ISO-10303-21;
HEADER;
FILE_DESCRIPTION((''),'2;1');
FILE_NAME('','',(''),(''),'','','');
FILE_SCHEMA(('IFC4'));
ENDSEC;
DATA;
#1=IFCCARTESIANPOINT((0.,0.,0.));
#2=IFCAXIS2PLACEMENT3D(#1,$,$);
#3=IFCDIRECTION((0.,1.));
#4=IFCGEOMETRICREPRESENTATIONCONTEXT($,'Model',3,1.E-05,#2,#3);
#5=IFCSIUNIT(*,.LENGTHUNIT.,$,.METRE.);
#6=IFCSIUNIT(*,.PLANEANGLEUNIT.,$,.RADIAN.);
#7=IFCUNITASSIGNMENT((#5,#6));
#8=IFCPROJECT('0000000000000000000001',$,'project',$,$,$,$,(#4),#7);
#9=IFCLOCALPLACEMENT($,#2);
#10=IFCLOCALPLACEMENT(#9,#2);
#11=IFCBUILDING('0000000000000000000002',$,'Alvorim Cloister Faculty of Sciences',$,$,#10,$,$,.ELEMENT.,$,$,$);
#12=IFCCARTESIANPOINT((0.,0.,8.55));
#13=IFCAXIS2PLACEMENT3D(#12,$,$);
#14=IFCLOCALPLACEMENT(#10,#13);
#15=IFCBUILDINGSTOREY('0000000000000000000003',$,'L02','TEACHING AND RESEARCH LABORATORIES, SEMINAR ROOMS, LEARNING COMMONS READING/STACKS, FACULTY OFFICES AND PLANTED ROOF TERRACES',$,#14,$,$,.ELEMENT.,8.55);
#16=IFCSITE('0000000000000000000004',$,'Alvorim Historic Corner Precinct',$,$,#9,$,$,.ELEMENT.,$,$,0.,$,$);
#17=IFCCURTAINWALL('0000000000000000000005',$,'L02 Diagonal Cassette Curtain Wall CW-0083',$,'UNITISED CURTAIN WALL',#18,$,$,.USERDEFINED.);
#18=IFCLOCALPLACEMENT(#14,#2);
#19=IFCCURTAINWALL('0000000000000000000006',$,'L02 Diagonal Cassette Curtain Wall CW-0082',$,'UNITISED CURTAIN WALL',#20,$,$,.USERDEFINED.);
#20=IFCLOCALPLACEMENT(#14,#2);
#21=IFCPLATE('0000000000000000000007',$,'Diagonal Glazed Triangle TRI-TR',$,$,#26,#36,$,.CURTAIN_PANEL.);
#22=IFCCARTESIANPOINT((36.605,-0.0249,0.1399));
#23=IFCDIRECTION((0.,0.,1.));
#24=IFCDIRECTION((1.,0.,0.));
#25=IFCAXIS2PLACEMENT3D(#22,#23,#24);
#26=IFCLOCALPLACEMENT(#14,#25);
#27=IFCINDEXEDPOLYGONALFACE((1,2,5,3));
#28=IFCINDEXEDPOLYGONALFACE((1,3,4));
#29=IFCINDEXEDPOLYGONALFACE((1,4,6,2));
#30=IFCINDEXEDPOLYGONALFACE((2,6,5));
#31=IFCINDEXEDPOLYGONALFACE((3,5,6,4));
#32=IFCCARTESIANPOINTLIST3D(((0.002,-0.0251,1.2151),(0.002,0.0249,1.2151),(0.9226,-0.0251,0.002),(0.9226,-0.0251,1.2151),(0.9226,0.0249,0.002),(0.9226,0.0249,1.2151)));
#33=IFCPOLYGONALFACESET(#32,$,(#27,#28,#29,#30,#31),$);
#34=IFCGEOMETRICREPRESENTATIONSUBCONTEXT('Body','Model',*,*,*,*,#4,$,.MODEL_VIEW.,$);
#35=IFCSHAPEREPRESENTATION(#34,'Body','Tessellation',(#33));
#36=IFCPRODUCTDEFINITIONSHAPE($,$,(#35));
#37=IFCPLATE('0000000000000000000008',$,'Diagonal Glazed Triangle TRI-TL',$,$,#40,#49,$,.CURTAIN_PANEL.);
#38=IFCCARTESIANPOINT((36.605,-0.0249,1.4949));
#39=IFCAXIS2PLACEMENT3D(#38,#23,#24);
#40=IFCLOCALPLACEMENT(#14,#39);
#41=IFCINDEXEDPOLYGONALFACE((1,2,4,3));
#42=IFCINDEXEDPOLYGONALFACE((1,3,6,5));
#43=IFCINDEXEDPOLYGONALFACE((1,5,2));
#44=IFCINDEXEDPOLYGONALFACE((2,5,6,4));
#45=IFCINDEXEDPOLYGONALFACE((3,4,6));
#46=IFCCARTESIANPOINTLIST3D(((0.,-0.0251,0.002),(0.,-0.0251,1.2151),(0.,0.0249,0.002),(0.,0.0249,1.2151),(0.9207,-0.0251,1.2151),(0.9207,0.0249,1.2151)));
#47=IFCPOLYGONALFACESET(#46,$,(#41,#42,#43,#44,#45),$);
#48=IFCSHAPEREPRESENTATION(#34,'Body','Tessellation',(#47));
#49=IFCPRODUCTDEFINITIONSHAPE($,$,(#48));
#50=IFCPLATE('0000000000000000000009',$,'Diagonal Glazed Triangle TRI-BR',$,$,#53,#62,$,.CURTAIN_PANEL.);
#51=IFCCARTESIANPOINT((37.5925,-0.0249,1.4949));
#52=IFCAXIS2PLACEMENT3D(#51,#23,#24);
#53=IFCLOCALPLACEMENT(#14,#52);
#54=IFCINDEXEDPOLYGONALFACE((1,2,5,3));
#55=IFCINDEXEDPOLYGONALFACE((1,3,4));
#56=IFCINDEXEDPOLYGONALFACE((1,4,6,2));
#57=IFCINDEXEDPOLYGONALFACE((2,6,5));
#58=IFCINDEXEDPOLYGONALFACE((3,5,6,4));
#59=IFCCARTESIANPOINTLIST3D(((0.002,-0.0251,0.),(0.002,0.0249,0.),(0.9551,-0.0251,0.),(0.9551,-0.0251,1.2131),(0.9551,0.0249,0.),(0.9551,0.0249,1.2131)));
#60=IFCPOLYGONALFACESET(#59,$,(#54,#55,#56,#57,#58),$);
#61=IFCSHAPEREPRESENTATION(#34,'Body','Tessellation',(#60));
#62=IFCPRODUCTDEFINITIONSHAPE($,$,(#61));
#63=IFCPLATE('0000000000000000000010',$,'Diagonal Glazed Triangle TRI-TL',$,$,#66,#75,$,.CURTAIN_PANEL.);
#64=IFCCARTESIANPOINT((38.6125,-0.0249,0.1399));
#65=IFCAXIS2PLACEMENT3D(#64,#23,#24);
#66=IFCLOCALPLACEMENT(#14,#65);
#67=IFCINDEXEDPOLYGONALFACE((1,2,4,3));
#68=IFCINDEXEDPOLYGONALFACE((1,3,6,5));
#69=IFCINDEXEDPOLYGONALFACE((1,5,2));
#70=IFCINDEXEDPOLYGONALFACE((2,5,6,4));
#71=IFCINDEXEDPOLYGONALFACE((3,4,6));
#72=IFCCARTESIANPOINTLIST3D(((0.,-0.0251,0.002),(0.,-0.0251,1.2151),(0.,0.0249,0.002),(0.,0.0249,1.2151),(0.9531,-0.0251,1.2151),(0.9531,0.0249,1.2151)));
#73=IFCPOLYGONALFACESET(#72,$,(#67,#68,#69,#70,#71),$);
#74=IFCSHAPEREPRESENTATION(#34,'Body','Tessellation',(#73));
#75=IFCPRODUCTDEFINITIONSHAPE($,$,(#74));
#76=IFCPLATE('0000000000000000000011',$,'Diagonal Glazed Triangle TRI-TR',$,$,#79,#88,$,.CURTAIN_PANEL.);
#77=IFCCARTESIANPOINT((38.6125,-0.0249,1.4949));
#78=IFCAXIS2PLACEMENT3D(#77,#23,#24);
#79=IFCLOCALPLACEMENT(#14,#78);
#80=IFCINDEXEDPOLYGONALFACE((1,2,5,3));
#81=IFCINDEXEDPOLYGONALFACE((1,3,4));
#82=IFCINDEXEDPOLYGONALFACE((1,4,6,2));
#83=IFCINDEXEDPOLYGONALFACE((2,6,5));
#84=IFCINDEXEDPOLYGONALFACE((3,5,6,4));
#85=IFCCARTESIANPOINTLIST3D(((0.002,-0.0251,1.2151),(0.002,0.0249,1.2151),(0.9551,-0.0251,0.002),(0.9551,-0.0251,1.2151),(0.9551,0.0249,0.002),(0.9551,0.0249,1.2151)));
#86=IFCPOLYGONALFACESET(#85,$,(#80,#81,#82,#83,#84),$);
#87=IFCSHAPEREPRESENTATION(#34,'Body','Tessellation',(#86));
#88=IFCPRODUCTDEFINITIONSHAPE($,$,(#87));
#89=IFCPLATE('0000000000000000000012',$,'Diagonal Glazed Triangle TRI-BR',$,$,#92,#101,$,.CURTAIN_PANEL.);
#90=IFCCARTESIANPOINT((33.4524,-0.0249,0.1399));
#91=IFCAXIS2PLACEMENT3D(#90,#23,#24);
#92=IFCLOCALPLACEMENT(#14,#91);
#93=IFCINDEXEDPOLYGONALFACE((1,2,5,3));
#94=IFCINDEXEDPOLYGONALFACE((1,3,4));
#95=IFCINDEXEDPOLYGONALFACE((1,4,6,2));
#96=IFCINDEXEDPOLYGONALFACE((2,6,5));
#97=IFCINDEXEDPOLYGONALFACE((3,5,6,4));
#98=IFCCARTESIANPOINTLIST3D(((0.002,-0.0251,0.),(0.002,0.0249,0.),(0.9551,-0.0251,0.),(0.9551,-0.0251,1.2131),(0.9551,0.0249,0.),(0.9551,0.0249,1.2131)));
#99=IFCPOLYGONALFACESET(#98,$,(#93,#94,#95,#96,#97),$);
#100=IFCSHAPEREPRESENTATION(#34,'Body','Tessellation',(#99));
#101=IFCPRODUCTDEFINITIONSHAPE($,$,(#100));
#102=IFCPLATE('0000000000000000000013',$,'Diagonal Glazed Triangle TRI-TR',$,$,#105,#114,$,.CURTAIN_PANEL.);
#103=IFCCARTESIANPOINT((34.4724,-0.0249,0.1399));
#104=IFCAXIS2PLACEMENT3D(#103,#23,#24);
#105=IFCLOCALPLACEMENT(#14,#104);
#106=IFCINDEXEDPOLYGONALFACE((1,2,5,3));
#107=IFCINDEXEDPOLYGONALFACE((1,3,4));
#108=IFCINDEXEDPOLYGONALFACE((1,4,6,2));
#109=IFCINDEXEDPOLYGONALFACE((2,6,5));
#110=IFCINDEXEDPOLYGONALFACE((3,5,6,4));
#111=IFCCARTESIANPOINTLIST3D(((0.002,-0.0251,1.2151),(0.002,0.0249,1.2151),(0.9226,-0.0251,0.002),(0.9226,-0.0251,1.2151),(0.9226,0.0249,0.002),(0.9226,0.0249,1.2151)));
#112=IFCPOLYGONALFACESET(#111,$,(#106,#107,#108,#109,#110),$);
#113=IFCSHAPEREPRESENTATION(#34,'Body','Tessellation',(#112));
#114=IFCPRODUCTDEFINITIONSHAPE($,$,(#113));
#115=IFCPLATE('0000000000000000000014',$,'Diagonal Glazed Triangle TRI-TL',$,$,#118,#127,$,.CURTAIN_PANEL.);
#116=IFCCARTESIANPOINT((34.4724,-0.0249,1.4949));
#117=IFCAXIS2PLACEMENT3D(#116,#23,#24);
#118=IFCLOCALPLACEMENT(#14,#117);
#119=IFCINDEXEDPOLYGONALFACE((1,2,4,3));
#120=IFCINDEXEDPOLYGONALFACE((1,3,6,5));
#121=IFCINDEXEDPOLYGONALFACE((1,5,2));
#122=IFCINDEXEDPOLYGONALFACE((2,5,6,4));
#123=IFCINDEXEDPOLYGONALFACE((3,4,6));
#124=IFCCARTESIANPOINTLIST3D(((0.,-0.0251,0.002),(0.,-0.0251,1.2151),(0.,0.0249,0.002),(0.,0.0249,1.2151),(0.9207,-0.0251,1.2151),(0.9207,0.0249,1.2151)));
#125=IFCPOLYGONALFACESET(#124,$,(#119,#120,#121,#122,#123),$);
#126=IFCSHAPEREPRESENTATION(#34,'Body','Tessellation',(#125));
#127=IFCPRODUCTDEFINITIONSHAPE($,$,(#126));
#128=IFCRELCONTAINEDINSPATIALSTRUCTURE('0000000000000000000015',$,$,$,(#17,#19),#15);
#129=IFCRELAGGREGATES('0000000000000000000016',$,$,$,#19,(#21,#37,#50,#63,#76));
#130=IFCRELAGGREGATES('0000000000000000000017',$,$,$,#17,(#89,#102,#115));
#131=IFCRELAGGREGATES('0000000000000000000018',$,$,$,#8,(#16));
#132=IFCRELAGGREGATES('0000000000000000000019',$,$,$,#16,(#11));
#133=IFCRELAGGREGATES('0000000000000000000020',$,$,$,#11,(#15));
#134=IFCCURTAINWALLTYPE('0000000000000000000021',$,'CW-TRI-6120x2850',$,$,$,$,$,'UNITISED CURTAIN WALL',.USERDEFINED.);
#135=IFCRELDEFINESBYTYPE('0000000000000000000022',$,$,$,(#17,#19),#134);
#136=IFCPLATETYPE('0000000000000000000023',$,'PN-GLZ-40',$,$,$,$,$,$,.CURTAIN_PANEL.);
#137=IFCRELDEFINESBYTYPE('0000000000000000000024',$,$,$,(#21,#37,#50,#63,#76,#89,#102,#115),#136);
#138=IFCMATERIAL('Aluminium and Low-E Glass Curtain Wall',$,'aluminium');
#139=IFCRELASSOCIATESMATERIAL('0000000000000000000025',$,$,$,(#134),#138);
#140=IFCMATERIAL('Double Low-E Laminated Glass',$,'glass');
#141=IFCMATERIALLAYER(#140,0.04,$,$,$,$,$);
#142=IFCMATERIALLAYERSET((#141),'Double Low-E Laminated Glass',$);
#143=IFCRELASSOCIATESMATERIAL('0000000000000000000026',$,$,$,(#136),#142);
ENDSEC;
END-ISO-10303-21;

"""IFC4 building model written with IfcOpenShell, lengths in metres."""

from ifc_helpers import new_model, si_unit, direction, frame, origin, place, context, subcontext, project, spatial, polyline, outline, extrude, material, layer, layer_set, type_object, element, aggregate, save


model = new_model("IFC4")

# Units and contexts
model_context = context("Model", 3, precision=1e-05, world=origin(), true_north=direction((0.0, 1.0)))
body_context = subcontext(model_context, "Body", "Model", "MODEL_VIEW")
ifc_project = project(units=[si_unit("LENGTHUNIT", "METRE"), si_unit("PLANEANGLEUNIT", "RADIAN")], contexts=[model_context])

# Site, building, storey
site_placement = place(None, origin())
site = spatial("IfcSite", under=ifc_project, at=site_placement, Name="Alvorim Historic Corner Precinct", CompositionType="ELEMENT", RefElevation=0.0)
building_placement = place(site_placement, origin())
building = spatial("IfcBuilding", under=site, at=building_placement, Name="Alvorim Cloister Faculty of Sciences", CompositionType="ELEMENT")
storey_placement = place(building_placement, frame((0.0, 0.0, 8.55)))
storey = spatial("IfcBuildingStorey", under=building, at=storey_placement, Name="L02", Description="TEACHING AND RESEARCH LABORATORIES, SEMINAR ROOMS, LEARNING COMMONS READING/STACKS, FACULTY OFFICES AND PLANTED ROOF TERRACES", CompositionType="ELEMENT", Elevation=8.55)

# Curtain wall
ifc_material_1 = material(Name="Aluminium and Low-E Glass Curtain Wall", Category="aluminium")
curtain_wall_type = type_object("IfcCurtainWallType", Name="CW-TRI-6120x2850", ElementType="UNITISED CURTAIN WALL", PredefinedType="USERDEFINED", material=ifc_material_1)
curtain_wall_1_placement = place(storey_placement, origin())
curtain_wall_1 = element("IfcCurtainWall", 1, at=curtain_wall_1_placement, inside=storey, type_object=curtain_wall_type, Name="L02 Diagonal Cassette Curtain Wall CW-0083", ObjectType="UNITISED CURTAIN WALL", PredefinedType="USERDEFINED")

# Curtain wall, plates
curtain_wall_2_placement = place(storey_placement, origin())
curtain_wall_2 = element("IfcCurtainWall", 2, at=curtain_wall_2_placement, inside=storey, type_object=curtain_wall_type, Name="L02 Diagonal Cassette Curtain Wall CW-0082", ObjectType="UNITISED CURTAIN WALL", PredefinedType="USERDEFINED")
ifc_material_2 = material(Name="Double Low-E Laminated Glass", Category="glass")
ifc_layer_1 = layer(ifc_material_2, 0.04)
ifc_layer_set_1 = layer_set([ifc_layer_1], Name="Double Low-E Laminated Glass")
plate_type = type_object("IfcPlateType", Name="PN-GLZ-40", PredefinedType="CURTAIN_PANEL", material=ifc_layer_set_1)
plate_1_placement = place(storey_placement, frame((36.605, -0.0249, 0.1399), z_axis=(0.0, 0.0, 1.0), x_axis=(1.0, 0.0, 0.0)))
plate_1 = element("IfcPlate", 3, at=plate_1_placement, type_object=plate_type, Name="Diagonal Glazed Triangle TRI-TR", PredefinedType="CURTAIN_PANEL", context=body_context, shape_type="SweptSolid", body=[
    extrude(outline(polyline([(0.9226, 0.002), (0.9226, 1.2151), (0.002, 1.2151), (0.9226, 0.002)])), frame((0.0, 0.0249, 0.0), z_axis=(0.0, -1.0, 0.0), x_axis=(1.0, 0.0, 0.0)), (0.0, 0.0, 1.0), 0.05),
])
plate_2_placement = place(storey_placement, frame((36.605, -0.0249, 1.4949), z_axis=(0.0, 0.0, 1.0), x_axis=(1.0, 0.0, 0.0)))
plate_2 = element("IfcPlate", 4, at=plate_2_placement, type_object=plate_type, Name="Diagonal Glazed Triangle TRI-TL", PredefinedType="CURTAIN_PANEL", context=body_context, shape_type="SweptSolid", body=[
    extrude(outline(polyline([(0.9207, 1.2151), (0.0, 1.2151), (0.0, 0.002), (0.9207, 1.2151)])), frame((0.0, 0.0249, 0.0), z_axis=(0.0, -1.0, 0.0), x_axis=(1.0, 0.0, 0.0)), (0.0, 0.0, 1.0), 0.05),
])
plate_3_placement = place(storey_placement, frame((37.5925, -0.0249, 1.4949), z_axis=(0.0, 0.0, 1.0), x_axis=(1.0, 0.0, 0.0)))
plate_3 = element("IfcPlate", 5, at=plate_3_placement, type_object=plate_type, Name="Diagonal Glazed Triangle TRI-BR", PredefinedType="CURTAIN_PANEL", context=body_context, shape_type="SweptSolid", body=[
    extrude(outline(polyline([(0.002, 0.0), (0.9551, 0.0), (0.9551, 1.2131), (0.002, 0.0)])), frame((0.0, 0.0249, 0.0), z_axis=(0.0, -1.0, 0.0), x_axis=(1.0, 0.0, 0.0)), (0.0, 0.0, 1.0), 0.05),
])
plate_4_placement = place(storey_placement, frame((38.6125, -0.0249, 0.1399), z_axis=(0.0, 0.0, 1.0), x_axis=(1.0, 0.0, 0.0)))
plate_4 = element("IfcPlate", 6, at=plate_4_placement, type_object=plate_type, Name="Diagonal Glazed Triangle TRI-TL", PredefinedType="CURTAIN_PANEL", context=body_context, shape_type="SweptSolid", body=[
    extrude(outline(polyline([(0.9531, 1.2151), (0.0, 1.2151), (0.0, 0.002), (0.9531, 1.2151)])), frame((0.0, 0.0249, 0.0), z_axis=(0.0, -1.0, 0.0), x_axis=(1.0, 0.0, 0.0)), (0.0, 0.0, 1.0), 0.05),
])
plate_5_placement = place(storey_placement, frame((38.6125, -0.0249, 1.4949), z_axis=(0.0, 0.0, 1.0), x_axis=(1.0, 0.0, 0.0)))
plate_5 = element("IfcPlate", 7, at=plate_5_placement, type_object=plate_type, Name="Diagonal Glazed Triangle TRI-TR", PredefinedType="CURTAIN_PANEL", context=body_context, shape_type="SweptSolid", body=[
    extrude(outline(polyline([(0.9551, 0.002), (0.9551, 1.2151), (0.002, 1.2151), (0.9551, 0.002)])), frame((0.0, 0.0249, 0.0), z_axis=(0.0, -1.0, 0.0), x_axis=(1.0, 0.0, 0.0)), (0.0, 0.0, 1.0), 0.05),
])
aggregate(curtain_wall_2, [plate_1, plate_2, plate_3, plate_4, plate_5])

# Plates
plate_6_placement = place(storey_placement, frame((33.4524, -0.0249, 0.1399), z_axis=(0.0, 0.0, 1.0), x_axis=(1.0, 0.0, 0.0)))
plate_6 = element("IfcPlate", 8, at=plate_6_placement, type_object=plate_type, Name="Diagonal Glazed Triangle TRI-BR", PredefinedType="CURTAIN_PANEL", context=body_context, shape_type="SweptSolid", body=[
    extrude(outline(polyline([(0.002, 0.0), (0.9551, 0.0), (0.9551, 1.2131), (0.002, 0.0)])), frame((0.0, 0.0249, 0.0), z_axis=(0.0, -1.0, 0.0), x_axis=(1.0, 0.0, 0.0)), (0.0, 0.0, 1.0), 0.05),
])
plate_7_placement = place(storey_placement, frame((34.4724, -0.0249, 0.1399), z_axis=(0.0, 0.0, 1.0), x_axis=(1.0, 0.0, 0.0)))
plate_7 = element("IfcPlate", 9, at=plate_7_placement, type_object=plate_type, Name="Diagonal Glazed Triangle TRI-TR", PredefinedType="CURTAIN_PANEL", context=body_context, shape_type="SweptSolid", body=[
    extrude(outline(polyline([(0.9226, 0.002), (0.9226, 1.2151), (0.002, 1.2151), (0.9226, 0.002)])), frame((0.0, 0.0249, 0.0), z_axis=(0.0, -1.0, 0.0), x_axis=(1.0, 0.0, 0.0)), (0.0, 0.0, 1.0), 0.05),
])
plate_8_placement = place(storey_placement, frame((34.4724, -0.0249, 1.4949), z_axis=(0.0, 0.0, 1.0), x_axis=(1.0, 0.0, 0.0)))
plate_8 = element("IfcPlate", 10, at=plate_8_placement, type_object=plate_type, Name="Diagonal Glazed Triangle TRI-TL", PredefinedType="CURTAIN_PANEL", context=body_context, shape_type="SweptSolid", body=[
    extrude(outline(polyline([(0.9207, 1.2151), (0.0, 1.2151), (0.0, 0.002), (0.9207, 1.2151)])), frame((0.0, 0.0249, 0.0), z_axis=(0.0, -1.0, 0.0), x_axis=(1.0, 0.0, 0.0)), (0.0, 0.0, 1.0), 0.05),
])
aggregate(curtain_wall_1, [plate_6, plate_7, plate_8])

save(model, "model.ifc")
